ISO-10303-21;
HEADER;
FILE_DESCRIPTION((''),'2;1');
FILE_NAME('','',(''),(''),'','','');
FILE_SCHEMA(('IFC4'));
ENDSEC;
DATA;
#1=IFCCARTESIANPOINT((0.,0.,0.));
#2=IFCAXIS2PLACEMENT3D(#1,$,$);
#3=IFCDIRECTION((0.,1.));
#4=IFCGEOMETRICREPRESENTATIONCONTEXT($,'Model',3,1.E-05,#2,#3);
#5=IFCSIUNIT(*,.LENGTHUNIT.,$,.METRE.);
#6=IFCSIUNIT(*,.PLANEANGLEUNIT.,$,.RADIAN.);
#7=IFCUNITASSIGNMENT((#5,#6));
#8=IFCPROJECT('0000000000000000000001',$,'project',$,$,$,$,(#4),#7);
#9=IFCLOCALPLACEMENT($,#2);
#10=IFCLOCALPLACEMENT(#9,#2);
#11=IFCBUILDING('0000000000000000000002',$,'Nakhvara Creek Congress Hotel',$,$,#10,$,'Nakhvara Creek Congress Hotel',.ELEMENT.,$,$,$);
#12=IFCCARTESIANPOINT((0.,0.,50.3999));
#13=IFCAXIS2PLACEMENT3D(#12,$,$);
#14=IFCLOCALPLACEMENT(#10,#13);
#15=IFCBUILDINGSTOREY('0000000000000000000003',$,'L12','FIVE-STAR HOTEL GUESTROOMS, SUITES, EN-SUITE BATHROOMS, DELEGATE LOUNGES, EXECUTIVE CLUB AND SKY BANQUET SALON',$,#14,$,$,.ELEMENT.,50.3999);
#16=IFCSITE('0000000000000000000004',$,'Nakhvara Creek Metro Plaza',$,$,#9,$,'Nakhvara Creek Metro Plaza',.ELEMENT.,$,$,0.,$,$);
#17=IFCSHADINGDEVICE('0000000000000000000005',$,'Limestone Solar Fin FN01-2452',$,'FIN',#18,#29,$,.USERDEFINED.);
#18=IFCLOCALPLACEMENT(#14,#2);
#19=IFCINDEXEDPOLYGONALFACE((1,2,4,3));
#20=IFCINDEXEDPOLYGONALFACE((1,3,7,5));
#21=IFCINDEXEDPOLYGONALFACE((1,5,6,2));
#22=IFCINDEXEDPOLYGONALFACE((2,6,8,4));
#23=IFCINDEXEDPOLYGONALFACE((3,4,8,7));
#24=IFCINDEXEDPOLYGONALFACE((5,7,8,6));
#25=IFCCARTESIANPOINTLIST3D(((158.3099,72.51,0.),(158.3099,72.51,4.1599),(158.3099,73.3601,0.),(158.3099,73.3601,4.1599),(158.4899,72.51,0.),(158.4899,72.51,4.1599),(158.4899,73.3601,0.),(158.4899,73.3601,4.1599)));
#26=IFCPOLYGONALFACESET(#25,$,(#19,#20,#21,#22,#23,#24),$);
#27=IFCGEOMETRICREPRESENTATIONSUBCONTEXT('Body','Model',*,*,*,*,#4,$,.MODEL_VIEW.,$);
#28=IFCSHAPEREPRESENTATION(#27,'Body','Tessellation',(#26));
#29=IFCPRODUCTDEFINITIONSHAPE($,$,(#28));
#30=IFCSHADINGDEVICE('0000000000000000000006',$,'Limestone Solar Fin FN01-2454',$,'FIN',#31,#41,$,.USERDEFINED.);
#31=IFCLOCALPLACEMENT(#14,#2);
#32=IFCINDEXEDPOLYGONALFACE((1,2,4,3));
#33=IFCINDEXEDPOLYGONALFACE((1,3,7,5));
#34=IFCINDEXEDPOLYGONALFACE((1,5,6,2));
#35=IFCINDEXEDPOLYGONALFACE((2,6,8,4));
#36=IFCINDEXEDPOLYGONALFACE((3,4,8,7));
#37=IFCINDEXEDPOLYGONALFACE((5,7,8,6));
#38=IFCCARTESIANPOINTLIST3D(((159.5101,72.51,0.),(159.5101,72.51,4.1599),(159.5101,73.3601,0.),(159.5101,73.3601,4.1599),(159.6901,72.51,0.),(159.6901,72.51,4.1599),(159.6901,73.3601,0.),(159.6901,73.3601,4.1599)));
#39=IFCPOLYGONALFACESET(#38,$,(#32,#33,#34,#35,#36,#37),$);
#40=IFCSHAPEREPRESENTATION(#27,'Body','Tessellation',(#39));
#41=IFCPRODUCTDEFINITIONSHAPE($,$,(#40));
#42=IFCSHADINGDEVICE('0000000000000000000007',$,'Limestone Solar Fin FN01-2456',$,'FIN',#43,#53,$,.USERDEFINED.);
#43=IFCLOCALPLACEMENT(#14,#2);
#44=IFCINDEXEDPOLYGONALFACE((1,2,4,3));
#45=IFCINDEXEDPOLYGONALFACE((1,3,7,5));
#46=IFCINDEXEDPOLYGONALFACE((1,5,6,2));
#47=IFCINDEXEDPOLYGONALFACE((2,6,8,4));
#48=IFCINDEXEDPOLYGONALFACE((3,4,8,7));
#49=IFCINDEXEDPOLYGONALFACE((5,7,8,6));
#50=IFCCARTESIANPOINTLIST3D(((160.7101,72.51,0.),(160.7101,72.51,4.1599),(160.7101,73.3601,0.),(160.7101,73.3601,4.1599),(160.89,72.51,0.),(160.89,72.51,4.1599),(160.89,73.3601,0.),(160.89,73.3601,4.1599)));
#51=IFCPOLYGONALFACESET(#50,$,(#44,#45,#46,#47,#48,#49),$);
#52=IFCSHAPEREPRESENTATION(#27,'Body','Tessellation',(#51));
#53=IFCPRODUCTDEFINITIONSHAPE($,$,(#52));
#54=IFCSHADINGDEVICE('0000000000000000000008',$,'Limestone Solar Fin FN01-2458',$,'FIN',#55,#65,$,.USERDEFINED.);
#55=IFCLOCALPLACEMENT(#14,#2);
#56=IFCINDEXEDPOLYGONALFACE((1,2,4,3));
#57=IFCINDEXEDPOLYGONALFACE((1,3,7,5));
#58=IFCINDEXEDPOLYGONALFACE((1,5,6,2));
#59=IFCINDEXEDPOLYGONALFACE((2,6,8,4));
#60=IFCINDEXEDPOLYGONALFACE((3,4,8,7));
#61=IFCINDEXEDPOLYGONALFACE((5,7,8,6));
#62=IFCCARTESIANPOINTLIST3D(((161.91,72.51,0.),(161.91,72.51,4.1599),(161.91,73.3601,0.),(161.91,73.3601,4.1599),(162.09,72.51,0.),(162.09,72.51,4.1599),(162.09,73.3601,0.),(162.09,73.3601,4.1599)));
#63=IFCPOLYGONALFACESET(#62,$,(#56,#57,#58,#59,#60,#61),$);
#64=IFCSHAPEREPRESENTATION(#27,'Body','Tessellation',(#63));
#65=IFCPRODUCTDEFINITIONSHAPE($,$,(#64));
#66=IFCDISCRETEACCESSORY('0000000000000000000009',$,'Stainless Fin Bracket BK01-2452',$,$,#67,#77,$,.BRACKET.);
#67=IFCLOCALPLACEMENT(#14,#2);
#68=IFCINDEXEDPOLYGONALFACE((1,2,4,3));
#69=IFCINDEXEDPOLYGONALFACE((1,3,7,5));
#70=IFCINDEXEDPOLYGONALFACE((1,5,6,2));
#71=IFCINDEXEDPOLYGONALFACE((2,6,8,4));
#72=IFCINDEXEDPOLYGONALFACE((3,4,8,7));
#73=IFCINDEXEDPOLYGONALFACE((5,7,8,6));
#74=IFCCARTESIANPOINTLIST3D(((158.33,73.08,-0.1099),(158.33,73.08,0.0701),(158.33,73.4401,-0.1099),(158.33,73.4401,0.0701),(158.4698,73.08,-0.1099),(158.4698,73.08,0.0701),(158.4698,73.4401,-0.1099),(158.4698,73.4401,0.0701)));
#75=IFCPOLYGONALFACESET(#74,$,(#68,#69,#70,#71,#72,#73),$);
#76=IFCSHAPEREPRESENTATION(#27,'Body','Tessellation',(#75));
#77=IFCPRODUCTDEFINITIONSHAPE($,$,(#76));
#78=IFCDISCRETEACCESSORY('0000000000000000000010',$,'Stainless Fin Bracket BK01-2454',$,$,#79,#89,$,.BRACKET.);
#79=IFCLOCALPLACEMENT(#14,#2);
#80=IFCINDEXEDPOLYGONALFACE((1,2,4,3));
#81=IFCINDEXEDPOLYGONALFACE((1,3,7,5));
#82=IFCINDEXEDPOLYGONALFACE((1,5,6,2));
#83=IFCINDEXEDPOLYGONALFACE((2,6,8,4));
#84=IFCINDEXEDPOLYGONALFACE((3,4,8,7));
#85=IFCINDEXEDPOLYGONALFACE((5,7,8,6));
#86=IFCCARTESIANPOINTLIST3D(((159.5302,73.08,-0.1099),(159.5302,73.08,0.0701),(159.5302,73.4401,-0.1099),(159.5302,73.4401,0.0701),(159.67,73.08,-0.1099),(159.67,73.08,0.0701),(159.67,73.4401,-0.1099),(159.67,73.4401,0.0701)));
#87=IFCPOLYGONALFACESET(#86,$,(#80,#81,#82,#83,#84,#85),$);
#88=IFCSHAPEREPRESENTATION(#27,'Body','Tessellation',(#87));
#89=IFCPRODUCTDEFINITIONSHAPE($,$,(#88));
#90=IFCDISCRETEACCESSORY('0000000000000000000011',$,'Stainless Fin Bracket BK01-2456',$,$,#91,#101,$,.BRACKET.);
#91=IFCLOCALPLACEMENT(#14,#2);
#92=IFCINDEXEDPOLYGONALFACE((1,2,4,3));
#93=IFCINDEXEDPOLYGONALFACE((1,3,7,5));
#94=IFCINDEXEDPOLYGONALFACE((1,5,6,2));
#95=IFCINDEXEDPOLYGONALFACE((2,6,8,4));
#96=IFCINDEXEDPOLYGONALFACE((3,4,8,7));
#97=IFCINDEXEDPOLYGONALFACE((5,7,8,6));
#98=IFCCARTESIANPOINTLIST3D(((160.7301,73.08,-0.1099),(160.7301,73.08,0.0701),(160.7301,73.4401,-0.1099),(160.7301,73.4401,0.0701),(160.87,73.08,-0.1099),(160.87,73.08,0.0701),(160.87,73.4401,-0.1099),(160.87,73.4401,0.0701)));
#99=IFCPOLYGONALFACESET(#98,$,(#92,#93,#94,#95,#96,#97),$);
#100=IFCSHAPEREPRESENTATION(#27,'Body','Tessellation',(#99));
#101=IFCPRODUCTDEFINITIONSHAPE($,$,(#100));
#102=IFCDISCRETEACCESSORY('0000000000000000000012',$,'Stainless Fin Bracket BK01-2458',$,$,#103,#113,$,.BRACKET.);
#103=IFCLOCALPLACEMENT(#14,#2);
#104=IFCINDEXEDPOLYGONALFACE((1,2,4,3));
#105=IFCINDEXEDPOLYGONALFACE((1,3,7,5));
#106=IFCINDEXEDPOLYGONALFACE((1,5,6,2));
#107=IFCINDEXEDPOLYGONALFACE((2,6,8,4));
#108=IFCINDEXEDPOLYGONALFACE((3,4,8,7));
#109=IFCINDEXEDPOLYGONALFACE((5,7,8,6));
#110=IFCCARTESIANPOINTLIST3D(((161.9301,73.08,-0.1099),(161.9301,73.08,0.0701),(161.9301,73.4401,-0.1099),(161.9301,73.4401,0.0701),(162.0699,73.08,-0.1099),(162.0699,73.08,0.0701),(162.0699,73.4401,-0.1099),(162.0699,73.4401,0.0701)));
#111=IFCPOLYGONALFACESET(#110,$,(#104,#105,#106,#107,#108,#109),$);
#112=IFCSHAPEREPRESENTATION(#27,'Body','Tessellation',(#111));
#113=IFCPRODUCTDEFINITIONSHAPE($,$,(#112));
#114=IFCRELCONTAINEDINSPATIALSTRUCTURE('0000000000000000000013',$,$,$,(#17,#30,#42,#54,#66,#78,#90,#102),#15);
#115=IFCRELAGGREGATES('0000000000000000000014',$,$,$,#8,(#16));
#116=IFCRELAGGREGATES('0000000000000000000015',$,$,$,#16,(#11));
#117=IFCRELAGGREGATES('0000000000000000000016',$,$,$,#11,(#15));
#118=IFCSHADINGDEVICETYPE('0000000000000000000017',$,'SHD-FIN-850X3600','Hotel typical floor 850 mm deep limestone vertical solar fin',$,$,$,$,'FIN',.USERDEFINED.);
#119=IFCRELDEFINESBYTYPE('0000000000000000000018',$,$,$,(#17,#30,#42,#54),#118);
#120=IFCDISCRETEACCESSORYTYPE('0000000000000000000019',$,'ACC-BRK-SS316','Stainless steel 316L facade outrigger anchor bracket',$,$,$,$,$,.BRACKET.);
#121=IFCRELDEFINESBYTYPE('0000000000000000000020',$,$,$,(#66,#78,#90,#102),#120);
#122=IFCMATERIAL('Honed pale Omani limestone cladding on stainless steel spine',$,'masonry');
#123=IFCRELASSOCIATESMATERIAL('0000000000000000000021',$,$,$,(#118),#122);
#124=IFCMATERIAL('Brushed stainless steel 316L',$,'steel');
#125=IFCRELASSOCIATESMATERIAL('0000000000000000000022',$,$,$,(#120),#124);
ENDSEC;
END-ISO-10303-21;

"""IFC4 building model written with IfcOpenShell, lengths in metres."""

from ifc_helpers import new_model, si_unit, direction, frame, origin, origin_2d, place, context, subcontext, project, spatial, rectangle, extrude, material, type_object, element, save


model = new_model("IFC4")

# Units and contexts
model_context = context("Model", 3, precision=1e-05, world=origin(), true_north=direction((0.0, 1.0)))
body_context = subcontext(model_context, "Body", "Model", "MODEL_VIEW")
ifc_project = project(units=[si_unit("LENGTHUNIT", "METRE"), si_unit("PLANEANGLEUNIT", "RADIAN")], contexts=[model_context])

# Site, building, storey
site_placement = place(None, origin())
site = spatial("IfcSite", under=ifc_project, at=site_placement, Name="Nakhvara Creek Metro Plaza", LongName="Nakhvara Creek Metro Plaza", CompositionType="ELEMENT", RefElevation=0.0)
building_placement = place(site_placement, origin())
building = spatial("IfcBuilding", under=site, at=building_placement, Name="Nakhvara Creek Congress Hotel", LongName="Nakhvara Creek Congress Hotel", CompositionType="ELEMENT")
storey_placement = place(building_placement, frame((0.0, 0.0, 50.3999)))
storey = spatial("IfcBuildingStorey", under=building, at=storey_placement, Name="L12", Description="FIVE-STAR HOTEL GUESTROOMS, SUITES, EN-SUITE BATHROOMS, DELEGATE LOUNGES, EXECUTIVE CLUB AND SKY BANQUET SALON", CompositionType="ELEMENT", Elevation=50.3999)

# Shared definitions
ifc_material_1 = material(Name="Brushed stainless steel 316L", Category="steel")

# Shading devices
ifc_material_2 = material(Name="Honed pale Omani limestone cladding on stainless steel spine", Category="masonry")
shading_device_type = type_object("IfcShadingDeviceType", Name="SHD-FIN-850X3600", Description="Hotel typical floor 850 mm deep limestone vertical solar fin", ElementType="FIN", PredefinedType="USERDEFINED", material=ifc_material_2)
for number, where, z_axis, x_axis, name in (
    (1, (158.3999, 72.9351, 0.0), (0.0, 0.0, 1.0), (1.0, 0.0, 0.0), "Limestone Solar Fin FN01-2452"),
    (2, (159.6001, 72.9351, 0.0), (0.0, 0.0, 1.0), (1.0, 0.0, 0.0), "Limestone Solar Fin FN01-2454"),
    (3, (160.8, 72.9351, 0.0), (0.0, 0.0, 1.0), (1.0, 0.0, 0.0), "Limestone Solar Fin FN01-2456"),
    (4, (162.0, 72.9351, 0.0), (0.0, 0.0, 1.0), (1.0, 0.0, 0.0), "Limestone Solar Fin FN01-2458"),
):
    element("IfcShadingDevice", number, at=place(storey_placement, frame(where, z_axis=z_axis, x_axis=x_axis)), inside=storey, type_object=shading_device_type, Name=name, ObjectType="FIN", PredefinedType="USERDEFINED", context=body_context, shape_type="SweptSolid", body=[
        extrude(rectangle(XDim=0.1799, YDim=0.8501, at=origin_2d()), origin(), (0.0, 0.0, 1.0), 4.1599),
    ])

# Discrete accessories
discrete_accessory_type = type_object("IfcDiscreteAccessoryType", Name="ACC-BRK-SS316", Description="Stainless steel 316L facade outrigger anchor bracket", PredefinedType="BRACKET", material=ifc_material_1)
for number, where, z_axis, x_axis, name in (
    (5, (158.3999, 73.26, -0.1099), (0.0, 0.0, 1.0), (1.0, 0.0, 0.0), "Stainless Fin Bracket BK01-2452"),
    (6, (159.6001, 73.26, -0.1099), (0.0, 0.0, 1.0), (1.0, 0.0, 0.0), "Stainless Fin Bracket BK01-2454"),
    (7, (160.8, 73.26, -0.1099), (0.0, 0.0, 1.0), (1.0, 0.0, 0.0), "Stainless Fin Bracket BK01-2456"),
    (8, (162.0, 73.26, -0.1099), (0.0, 0.0, 1.0), (1.0, 0.0, 0.0), "Stainless Fin Bracket BK01-2458"),
):
    element("IfcDiscreteAccessory", number, at=place(storey_placement, frame(where, z_axis=z_axis, x_axis=x_axis)), inside=storey, type_object=discrete_accessory_type, Name=name, PredefinedType="BRACKET", context=body_context, shape_type="SweptSolid", body=[
        extrude(rectangle(XDim=0.1399, YDim=0.3601, at=origin_2d()), origin(), (0.0, 0.0, 1.0), 0.1799),
    ])

save(model, "model.ifc")
